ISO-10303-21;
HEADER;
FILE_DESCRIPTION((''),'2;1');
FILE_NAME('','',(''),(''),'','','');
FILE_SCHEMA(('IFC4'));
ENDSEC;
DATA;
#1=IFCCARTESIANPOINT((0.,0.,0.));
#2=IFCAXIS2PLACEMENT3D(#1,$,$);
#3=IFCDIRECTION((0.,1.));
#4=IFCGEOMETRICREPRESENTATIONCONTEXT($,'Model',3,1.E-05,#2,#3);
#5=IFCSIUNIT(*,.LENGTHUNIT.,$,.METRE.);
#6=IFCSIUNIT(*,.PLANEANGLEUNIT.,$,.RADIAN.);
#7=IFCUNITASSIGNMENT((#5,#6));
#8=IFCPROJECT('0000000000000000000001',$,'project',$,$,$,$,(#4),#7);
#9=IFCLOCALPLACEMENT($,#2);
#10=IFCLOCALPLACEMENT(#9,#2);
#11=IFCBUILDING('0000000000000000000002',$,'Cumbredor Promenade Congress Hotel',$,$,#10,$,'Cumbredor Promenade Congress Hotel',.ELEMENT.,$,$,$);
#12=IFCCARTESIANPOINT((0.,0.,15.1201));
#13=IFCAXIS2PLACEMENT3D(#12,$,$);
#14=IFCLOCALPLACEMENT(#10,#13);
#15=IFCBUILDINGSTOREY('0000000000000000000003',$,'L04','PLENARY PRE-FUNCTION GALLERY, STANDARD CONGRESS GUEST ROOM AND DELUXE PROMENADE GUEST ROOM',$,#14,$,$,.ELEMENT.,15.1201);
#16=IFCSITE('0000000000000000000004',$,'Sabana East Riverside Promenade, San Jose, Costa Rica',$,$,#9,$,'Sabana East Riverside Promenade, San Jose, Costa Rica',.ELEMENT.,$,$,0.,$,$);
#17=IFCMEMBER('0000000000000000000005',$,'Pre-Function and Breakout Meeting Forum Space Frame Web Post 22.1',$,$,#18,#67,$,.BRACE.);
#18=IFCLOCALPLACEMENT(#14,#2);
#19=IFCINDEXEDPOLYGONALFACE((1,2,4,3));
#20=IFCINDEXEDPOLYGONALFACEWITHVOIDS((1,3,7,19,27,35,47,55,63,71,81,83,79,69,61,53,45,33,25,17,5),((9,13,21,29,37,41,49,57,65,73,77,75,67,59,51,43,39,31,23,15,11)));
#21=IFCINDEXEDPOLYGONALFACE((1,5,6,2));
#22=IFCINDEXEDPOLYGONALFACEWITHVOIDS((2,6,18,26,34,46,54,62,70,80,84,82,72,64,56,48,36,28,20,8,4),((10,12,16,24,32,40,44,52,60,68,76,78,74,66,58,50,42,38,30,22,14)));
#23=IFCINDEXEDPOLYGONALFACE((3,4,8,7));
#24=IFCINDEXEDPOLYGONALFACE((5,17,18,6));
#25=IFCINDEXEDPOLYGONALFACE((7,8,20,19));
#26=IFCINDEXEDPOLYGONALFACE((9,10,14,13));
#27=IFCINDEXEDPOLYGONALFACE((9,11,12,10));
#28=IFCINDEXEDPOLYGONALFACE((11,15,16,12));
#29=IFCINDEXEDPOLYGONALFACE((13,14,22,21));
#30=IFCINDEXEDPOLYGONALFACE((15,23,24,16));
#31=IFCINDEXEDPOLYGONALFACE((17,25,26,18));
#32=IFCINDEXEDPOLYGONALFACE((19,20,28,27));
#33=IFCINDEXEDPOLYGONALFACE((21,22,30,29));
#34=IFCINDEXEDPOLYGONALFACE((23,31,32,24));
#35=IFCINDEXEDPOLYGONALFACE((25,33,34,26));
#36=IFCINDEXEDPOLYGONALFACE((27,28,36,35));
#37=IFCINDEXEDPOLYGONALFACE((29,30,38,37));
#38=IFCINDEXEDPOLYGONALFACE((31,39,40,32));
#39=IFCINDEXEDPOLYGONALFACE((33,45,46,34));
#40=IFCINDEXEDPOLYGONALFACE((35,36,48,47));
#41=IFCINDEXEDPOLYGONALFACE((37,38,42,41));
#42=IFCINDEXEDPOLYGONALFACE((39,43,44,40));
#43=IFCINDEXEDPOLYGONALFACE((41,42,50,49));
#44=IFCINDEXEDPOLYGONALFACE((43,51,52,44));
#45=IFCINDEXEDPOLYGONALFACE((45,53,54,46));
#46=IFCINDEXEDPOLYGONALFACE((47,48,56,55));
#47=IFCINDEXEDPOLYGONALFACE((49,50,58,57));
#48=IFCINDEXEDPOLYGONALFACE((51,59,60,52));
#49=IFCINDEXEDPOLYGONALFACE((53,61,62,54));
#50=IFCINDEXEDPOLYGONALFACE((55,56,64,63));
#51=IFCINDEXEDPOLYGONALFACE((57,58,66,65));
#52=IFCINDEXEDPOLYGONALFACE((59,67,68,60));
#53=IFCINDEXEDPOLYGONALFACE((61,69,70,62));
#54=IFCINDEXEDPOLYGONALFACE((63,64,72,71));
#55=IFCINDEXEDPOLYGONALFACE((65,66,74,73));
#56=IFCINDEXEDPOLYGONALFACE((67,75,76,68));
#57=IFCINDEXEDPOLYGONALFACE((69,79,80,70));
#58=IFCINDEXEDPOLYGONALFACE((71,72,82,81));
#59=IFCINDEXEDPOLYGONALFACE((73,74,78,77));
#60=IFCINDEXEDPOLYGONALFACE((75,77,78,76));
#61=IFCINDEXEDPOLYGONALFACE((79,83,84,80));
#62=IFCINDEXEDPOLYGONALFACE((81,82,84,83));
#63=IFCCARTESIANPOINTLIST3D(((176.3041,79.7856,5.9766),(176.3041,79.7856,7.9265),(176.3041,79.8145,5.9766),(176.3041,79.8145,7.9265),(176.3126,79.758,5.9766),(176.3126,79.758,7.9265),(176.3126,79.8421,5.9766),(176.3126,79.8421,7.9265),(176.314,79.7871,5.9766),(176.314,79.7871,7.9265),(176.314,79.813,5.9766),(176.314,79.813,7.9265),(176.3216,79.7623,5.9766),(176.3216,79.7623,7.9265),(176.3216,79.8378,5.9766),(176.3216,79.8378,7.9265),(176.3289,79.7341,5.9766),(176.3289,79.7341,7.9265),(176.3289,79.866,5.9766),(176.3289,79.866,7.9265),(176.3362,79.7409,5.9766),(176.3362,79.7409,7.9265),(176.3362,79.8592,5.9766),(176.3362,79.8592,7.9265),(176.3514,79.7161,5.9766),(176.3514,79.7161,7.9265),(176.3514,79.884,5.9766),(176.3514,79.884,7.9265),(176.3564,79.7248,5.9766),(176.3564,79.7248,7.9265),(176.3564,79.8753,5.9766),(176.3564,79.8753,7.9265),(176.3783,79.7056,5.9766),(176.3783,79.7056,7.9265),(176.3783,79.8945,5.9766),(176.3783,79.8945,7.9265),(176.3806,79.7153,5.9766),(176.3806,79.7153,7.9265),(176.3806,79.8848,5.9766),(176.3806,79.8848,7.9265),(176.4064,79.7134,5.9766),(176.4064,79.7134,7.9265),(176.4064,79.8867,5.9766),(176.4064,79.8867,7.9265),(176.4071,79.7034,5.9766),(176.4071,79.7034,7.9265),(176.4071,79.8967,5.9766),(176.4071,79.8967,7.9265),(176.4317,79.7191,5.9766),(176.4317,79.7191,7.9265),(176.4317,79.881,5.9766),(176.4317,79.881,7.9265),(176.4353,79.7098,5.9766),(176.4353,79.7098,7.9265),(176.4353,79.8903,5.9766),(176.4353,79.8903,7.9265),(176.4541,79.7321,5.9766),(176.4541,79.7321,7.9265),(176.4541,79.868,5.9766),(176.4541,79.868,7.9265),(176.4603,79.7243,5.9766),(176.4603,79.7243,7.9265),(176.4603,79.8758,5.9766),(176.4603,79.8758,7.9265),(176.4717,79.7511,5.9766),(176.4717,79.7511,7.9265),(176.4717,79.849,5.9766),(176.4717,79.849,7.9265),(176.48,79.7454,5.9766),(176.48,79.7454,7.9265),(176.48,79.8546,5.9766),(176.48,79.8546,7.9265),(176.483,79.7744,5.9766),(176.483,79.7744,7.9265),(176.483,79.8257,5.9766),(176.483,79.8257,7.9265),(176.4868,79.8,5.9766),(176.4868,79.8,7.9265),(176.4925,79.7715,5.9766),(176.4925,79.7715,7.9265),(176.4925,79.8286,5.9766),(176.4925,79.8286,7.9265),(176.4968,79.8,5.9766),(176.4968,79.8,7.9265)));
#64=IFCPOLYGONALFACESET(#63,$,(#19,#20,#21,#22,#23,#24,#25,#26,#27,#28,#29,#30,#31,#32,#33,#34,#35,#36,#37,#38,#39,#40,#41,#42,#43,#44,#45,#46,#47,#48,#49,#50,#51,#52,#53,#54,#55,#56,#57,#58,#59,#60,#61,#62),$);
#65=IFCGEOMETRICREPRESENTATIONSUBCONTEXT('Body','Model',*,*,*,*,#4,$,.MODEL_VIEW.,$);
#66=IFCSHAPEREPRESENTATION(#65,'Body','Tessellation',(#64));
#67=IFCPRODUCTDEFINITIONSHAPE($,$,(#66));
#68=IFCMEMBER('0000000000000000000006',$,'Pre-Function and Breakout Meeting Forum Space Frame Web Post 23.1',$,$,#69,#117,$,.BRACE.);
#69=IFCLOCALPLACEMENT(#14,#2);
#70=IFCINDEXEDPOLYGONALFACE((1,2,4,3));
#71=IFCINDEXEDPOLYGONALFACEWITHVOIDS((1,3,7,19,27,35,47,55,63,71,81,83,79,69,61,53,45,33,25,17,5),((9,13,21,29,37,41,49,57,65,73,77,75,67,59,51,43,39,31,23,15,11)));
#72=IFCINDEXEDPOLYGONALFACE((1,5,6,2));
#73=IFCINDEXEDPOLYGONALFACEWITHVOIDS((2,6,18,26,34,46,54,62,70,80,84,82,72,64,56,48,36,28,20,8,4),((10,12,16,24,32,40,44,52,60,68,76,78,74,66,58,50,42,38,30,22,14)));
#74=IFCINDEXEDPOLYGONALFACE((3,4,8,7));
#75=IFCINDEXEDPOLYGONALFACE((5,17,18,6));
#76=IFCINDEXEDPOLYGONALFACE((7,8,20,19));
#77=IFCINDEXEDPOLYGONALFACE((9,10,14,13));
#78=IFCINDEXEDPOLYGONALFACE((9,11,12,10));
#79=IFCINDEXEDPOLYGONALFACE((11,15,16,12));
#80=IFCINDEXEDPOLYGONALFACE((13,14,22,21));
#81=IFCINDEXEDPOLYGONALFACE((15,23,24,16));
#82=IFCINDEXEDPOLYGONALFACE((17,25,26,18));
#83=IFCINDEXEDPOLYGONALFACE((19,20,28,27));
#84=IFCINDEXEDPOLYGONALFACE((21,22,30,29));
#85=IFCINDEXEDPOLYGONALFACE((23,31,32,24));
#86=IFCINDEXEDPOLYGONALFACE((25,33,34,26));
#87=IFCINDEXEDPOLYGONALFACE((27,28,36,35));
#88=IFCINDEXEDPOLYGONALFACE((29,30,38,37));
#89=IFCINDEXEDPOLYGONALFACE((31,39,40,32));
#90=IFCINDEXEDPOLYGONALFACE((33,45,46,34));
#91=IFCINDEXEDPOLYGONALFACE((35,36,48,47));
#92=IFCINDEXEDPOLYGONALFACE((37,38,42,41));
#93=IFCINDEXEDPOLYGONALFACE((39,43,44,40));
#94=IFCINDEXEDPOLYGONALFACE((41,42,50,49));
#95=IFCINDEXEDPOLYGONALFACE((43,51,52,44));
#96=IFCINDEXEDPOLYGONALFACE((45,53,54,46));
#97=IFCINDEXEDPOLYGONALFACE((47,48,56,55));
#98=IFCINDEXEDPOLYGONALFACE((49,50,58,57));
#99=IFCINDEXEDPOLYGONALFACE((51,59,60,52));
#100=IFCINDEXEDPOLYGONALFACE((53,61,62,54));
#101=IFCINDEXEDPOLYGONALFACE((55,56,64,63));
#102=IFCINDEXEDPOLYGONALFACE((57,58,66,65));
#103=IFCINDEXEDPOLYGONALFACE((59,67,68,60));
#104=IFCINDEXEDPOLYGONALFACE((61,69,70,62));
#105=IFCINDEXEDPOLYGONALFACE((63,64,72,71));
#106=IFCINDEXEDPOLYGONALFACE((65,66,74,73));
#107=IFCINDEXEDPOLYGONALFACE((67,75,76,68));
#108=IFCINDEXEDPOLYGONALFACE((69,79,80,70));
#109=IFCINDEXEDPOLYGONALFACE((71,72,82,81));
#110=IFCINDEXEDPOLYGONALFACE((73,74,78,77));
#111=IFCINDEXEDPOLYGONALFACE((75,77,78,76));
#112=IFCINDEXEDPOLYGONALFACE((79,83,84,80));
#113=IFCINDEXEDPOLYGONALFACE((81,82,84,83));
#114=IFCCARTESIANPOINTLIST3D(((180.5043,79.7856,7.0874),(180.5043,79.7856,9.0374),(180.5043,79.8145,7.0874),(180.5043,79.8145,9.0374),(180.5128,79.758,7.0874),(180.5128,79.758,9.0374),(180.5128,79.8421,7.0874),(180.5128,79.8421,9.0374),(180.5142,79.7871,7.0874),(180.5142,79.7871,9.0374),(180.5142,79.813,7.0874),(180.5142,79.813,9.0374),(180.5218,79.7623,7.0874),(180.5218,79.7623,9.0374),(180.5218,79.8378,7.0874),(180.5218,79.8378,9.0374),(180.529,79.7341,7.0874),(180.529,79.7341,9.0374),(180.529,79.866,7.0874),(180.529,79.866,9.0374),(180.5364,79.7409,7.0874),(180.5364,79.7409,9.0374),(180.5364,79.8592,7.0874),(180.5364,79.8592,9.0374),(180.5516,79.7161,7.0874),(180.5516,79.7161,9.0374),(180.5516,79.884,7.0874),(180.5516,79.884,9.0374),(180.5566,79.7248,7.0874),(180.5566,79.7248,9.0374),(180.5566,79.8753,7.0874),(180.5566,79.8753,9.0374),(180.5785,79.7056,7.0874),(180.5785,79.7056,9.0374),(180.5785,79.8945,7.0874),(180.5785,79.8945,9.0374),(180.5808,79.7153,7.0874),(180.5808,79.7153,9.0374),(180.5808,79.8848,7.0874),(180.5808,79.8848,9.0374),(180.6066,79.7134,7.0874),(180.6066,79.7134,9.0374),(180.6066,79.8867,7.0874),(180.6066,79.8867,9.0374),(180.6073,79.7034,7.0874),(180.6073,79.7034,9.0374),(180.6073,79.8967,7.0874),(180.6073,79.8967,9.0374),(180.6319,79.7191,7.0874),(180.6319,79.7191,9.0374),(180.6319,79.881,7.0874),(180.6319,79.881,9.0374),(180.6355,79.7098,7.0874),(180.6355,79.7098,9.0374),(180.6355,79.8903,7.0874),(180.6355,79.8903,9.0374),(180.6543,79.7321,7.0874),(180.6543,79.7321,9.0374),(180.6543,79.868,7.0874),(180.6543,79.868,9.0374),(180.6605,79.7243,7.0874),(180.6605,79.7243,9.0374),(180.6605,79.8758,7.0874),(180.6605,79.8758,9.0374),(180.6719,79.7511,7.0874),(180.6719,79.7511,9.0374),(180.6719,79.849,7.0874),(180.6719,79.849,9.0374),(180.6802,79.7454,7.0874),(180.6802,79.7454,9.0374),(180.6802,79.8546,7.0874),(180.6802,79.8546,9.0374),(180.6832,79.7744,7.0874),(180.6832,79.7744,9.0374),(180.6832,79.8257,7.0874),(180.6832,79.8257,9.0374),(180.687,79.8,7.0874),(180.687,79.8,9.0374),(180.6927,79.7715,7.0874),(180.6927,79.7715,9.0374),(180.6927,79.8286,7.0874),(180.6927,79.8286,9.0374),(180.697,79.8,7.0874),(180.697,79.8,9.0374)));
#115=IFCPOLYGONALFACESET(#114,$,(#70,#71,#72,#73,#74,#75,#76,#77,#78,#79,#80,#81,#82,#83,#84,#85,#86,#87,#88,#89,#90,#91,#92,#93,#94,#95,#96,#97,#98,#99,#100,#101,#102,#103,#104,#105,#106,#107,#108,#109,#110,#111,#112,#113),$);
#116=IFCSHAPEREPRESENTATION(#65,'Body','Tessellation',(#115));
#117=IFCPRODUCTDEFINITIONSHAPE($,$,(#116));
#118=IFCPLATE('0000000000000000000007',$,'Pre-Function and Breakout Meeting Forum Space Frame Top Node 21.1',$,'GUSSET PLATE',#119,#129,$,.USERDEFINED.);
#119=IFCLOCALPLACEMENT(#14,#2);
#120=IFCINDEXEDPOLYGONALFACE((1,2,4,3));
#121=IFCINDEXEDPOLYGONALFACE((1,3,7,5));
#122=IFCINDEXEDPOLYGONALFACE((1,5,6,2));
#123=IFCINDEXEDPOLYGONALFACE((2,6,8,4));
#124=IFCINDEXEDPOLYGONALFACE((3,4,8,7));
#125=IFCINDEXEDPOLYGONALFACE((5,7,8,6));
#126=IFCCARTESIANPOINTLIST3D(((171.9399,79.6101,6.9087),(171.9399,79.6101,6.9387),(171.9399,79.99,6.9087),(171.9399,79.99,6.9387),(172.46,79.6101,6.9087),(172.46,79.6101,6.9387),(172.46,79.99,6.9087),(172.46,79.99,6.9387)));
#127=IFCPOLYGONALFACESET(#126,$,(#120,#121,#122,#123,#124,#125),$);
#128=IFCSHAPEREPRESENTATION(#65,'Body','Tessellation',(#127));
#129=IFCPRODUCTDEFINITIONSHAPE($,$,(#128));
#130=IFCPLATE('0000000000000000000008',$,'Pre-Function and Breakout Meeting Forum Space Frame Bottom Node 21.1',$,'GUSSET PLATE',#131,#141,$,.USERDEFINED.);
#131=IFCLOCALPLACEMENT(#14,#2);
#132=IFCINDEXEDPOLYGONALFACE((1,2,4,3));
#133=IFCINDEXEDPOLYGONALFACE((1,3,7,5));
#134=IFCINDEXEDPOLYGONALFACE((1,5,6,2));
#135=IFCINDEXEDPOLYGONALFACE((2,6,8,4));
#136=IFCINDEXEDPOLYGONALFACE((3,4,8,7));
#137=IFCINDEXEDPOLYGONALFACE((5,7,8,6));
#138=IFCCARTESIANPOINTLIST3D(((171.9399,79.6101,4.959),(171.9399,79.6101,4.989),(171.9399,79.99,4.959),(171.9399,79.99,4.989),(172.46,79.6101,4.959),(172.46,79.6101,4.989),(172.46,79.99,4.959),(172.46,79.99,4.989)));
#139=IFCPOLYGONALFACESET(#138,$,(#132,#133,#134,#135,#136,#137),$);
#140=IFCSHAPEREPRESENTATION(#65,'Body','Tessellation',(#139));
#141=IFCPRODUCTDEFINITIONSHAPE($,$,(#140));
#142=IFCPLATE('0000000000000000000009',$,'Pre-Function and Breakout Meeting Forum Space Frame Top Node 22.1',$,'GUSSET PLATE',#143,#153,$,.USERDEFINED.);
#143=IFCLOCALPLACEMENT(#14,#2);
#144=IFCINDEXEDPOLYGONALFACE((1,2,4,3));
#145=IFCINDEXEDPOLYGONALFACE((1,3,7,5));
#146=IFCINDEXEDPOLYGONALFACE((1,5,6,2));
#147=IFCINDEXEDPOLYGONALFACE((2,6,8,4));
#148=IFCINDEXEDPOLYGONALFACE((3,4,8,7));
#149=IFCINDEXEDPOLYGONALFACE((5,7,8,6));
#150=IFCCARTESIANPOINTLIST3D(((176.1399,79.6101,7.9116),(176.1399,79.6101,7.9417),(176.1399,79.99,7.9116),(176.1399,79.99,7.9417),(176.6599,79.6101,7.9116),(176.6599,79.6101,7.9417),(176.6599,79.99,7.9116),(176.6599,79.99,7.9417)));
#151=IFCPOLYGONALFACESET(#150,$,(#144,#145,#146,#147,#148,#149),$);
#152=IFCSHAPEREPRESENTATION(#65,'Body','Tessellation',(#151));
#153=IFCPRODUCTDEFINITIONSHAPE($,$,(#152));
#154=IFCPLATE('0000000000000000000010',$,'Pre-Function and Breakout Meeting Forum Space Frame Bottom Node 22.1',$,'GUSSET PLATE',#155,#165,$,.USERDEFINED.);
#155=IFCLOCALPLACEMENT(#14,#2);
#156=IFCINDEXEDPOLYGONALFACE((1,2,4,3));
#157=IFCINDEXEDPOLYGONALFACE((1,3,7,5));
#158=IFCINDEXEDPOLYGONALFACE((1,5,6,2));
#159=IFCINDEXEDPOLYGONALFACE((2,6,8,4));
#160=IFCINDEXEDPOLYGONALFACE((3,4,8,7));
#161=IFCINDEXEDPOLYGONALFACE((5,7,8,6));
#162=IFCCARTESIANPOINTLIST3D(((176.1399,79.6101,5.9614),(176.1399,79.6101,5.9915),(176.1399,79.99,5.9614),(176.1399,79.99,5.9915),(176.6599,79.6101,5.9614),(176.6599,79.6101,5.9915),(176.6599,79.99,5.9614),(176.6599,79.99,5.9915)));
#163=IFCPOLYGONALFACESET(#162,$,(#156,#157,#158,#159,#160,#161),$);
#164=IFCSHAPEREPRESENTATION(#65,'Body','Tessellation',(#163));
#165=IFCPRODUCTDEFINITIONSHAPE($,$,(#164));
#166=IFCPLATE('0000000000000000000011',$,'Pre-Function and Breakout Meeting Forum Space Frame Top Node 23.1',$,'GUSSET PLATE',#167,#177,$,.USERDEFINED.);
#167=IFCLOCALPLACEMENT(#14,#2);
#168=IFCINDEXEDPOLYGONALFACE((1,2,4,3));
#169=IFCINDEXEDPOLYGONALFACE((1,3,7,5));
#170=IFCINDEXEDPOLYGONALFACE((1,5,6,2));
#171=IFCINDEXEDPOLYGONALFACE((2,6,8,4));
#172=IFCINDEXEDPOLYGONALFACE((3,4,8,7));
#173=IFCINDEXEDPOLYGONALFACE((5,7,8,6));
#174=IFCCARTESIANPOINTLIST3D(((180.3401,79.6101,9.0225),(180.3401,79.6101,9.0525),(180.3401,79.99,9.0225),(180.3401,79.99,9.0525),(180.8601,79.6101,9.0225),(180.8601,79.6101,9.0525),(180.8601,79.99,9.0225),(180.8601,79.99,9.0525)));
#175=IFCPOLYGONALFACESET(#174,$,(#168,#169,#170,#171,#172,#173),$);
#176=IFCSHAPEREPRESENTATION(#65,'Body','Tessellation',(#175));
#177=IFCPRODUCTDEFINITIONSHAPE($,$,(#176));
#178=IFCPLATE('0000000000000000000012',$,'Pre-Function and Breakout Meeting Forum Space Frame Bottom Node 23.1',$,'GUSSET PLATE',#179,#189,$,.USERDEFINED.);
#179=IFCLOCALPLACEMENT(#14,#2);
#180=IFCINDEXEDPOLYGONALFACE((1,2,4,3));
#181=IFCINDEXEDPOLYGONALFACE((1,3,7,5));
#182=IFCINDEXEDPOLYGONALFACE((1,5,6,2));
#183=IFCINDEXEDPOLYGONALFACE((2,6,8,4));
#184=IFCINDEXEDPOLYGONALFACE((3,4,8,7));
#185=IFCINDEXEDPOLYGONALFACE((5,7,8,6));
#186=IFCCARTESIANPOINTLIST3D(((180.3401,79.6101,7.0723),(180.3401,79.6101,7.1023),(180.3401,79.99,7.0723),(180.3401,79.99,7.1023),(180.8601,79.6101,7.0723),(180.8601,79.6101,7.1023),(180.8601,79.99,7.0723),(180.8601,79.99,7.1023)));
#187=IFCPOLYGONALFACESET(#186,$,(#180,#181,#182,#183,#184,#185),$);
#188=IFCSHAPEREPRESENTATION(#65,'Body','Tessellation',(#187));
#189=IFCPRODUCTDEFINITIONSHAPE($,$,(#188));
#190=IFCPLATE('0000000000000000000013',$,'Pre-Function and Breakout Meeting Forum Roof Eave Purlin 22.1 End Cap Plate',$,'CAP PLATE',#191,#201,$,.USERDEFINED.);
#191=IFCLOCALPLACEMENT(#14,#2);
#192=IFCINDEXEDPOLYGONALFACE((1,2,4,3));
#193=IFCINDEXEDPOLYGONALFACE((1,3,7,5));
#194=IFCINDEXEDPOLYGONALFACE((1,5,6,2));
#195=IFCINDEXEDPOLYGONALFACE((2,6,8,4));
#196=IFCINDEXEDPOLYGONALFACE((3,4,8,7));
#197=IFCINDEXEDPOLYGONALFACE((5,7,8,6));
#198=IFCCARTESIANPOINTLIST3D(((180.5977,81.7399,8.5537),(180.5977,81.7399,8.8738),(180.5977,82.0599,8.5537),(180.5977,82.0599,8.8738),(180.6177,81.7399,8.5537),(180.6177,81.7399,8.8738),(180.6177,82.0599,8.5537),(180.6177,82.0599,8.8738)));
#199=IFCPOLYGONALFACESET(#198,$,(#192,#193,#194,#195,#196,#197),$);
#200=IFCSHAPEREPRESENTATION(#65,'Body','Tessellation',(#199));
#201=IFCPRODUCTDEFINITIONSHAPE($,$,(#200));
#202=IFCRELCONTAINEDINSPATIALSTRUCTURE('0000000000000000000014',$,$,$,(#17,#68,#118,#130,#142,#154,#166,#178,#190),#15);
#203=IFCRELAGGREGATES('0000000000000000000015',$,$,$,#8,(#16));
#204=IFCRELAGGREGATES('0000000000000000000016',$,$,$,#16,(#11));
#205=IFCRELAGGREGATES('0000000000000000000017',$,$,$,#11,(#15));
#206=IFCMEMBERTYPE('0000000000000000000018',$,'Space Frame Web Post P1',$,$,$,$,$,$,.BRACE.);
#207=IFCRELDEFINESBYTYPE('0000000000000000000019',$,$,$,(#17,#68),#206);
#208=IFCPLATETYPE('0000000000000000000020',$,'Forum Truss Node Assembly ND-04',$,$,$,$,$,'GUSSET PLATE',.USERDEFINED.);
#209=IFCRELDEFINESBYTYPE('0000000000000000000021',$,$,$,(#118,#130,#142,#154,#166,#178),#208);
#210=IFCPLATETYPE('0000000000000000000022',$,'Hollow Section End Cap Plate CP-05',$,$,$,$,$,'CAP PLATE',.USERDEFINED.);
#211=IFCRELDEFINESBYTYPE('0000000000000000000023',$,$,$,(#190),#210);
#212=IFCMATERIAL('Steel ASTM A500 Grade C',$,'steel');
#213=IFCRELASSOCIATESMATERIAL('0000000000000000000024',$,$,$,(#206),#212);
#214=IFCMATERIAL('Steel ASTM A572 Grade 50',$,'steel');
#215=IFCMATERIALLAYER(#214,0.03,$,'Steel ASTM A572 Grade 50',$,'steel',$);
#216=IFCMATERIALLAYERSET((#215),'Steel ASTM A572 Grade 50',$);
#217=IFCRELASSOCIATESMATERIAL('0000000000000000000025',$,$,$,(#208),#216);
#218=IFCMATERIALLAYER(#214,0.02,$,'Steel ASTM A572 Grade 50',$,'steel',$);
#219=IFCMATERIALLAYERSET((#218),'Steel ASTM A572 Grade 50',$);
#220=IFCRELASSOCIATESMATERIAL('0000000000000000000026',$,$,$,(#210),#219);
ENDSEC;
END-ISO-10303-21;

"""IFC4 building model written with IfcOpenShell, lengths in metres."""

from ifc_helpers import new_model, si_unit, direction, frame, origin, origin_2d, place, context, subcontext, project, spatial, rectangle, hollow_circle, extrude, material, layer, layer_set, material_profile, profile_set, type_object, element, save


model = new_model("IFC4")

# Units and contexts
model_context = context("Model", 3, precision=1e-05, world=origin(), true_north=direction((0.0, 1.0)))
body_context = subcontext(model_context, "Body", "Model", "MODEL_VIEW")
ifc_project = project(units=[si_unit("LENGTHUNIT", "METRE"), si_unit("PLANEANGLEUNIT", "RADIAN")], contexts=[model_context])

# Site, building, storey
site_placement = place(None, origin())
site = spatial("IfcSite", under=ifc_project, at=site_placement, Name="Sabana East Riverside Promenade, San Jose, Costa Rica", LongName="Sabana East Riverside Promenade, San Jose, Costa Rica", CompositionType="ELEMENT", RefElevation=0.0)
building_placement = place(site_placement, origin())
building = spatial("IfcBuilding", under=site, at=building_placement, Name="Cumbredor Promenade Congress Hotel", LongName="Cumbredor Promenade Congress Hotel", CompositionType="ELEMENT")
storey_placement = place(building_placement, frame((0.0, 0.0, 15.1201)))
storey = spatial("IfcBuildingStorey", under=building, at=storey_placement, Name="L04", Description="PLENARY PRE-FUNCTION GALLERY, STANDARD CONGRESS GUEST ROOM AND DELUXE PROMENADE GUEST ROOM", CompositionType="ELEMENT", Elevation=15.1201)

# Members
ifc_material_1 = material(Name="Steel ASTM A500 Grade C", Category="steel")
ifc_material_profile_1 = material_profile(ifc_material_1, hollow_circle(Radius=0.0969, WallThickness=0.01, at=origin_2d()), Name="CHS 193.7x10")
ifc_profile_set_1 = profile_set([ifc_material_profile_1], Name="Steel ASTM A500 Grade C")
member_type_1 = type_object("IfcMemberType", Name="Space Frame Web Post P1", PredefinedType="BRACE", material=ifc_profile_set_1)
for number, where, z_axis, x_axis, name in (
    (1, (176.3999, 79.8, 5.9766), (0.0, 0.0, 1.0), (1.0, 0.0, 0.0), "Pre-Function and Breakout Meeting Forum Space Frame Web Post 22.1"),
    (2, (180.6001, 79.8, 7.0874), (0.0, 0.0, 1.0), (1.0, 0.0, 0.0), "Pre-Function and Breakout Meeting Forum Space Frame Web Post 23.1"),
):
    element("IfcMember", number, at=place(storey_placement, frame(where, z_axis=z_axis, x_axis=x_axis)), inside=storey, type_object=member_type_1, Name=name, PredefinedType="BRACE", context=body_context, shape_type="SweptSolid", body=[
        extrude(hollow_circle(Radius=0.0969, WallThickness=0.01, at=origin_2d()), origin(), (0.0, 0.0, 1.0), 1.95),
    ])

# Plates
ifc_material_2 = material(Name="Steel ASTM A572 Grade 50", Category="steel")
ifc_layer_1 = layer(ifc_material_2, 0.03, Name="Steel ASTM A572 Grade 50", Category="steel")
ifc_layer_set_1 = layer_set([ifc_layer_1], Name="Steel ASTM A572 Grade 50")
plate_type_1 = type_object("IfcPlateType", Name="Forum Truss Node Assembly ND-04", ElementType="GUSSET PLATE", PredefinedType="USERDEFINED", material=ifc_layer_set_1)
for number, where, z_axis, x_axis, name in (
    (3, (172.2, 79.8, 6.9087), (0.0, 0.0, 1.0), (1.0, 0.0, 0.0), "Pre-Function and Breakout Meeting Forum Space Frame Top Node 21.1"),
    (4, (172.2, 79.8, 4.959), (0.0, 0.0, 1.0), (1.0, 0.0, 0.0), "Pre-Function and Breakout Meeting Forum Space Frame Bottom Node 21.1"),
    (5, (176.3999, 79.8, 7.9116), (0.0, 0.0, 1.0), (1.0, 0.0, 0.0), "Pre-Function and Breakout Meeting Forum Space Frame Top Node 22.1"),
    (6, (176.3999, 79.8, 5.9614), (0.0, 0.0, 1.0), (1.0, 0.0, 0.0), "Pre-Function and Breakout Meeting Forum Space Frame Bottom Node 22.1"),
    (7, (180.6001, 79.8, 9.0225), (0.0, 0.0, 1.0), (1.0, 0.0, 0.0), "Pre-Function and Breakout Meeting Forum Space Frame Top Node 23.1"),
    (8, (180.6001, 79.8, 7.0723), (0.0, 0.0, 1.0), (1.0, 0.0, 0.0), "Pre-Function and Breakout Meeting Forum Space Frame Bottom Node 23.1"),
):
    element("IfcPlate", number, at=place(storey_placement, frame(where, z_axis=z_axis, x_axis=x_axis)), inside=storey, type_object=plate_type_1, Name=name, ObjectType="GUSSET PLATE", PredefinedType="USERDEFINED", context=body_context, shape_type="SweptSolid", body=[
        extrude(rectangle(XDim=0.52, YDim=0.3799, at=origin_2d()), origin(), (0.0, 0.0, 1.0), 0.03),
    ])
ifc_layer_2 = layer(ifc_material_2, 0.02, Name="Steel ASTM A572 Grade 50", Category="steel")
ifc_layer_set_2 = layer_set([ifc_layer_2], Name="Steel ASTM A572 Grade 50")
plate_type_2 = type_object("IfcPlateType", Name="Hollow Section End Cap Plate CP-05", ElementType="CAP PLATE", PredefinedType="USERDEFINED", material=ifc_layer_set_2)
plate_placement = place(storey_placement, frame((180.6077, 81.8999, 8.5537), z_axis=(0.0, 0.0, 1.0), x_axis=(1.0, 0.0, 0.0)))
element("IfcPlate", 9, at=plate_placement, inside=storey, type_object=plate_type_2, Name="Pre-Function and Breakout Meeting Forum Roof Eave Purlin 22.1 End Cap Plate", ObjectType="CAP PLATE", PredefinedType="USERDEFINED", context=body_context, shape_type="SweptSolid", body=[
    extrude(rectangle(XDim=0.02, YDim=0.3201, at=origin_2d()), origin(), (0.0, 0.0, 1.0), 0.3201),
])

save(model, "model.ifc")
